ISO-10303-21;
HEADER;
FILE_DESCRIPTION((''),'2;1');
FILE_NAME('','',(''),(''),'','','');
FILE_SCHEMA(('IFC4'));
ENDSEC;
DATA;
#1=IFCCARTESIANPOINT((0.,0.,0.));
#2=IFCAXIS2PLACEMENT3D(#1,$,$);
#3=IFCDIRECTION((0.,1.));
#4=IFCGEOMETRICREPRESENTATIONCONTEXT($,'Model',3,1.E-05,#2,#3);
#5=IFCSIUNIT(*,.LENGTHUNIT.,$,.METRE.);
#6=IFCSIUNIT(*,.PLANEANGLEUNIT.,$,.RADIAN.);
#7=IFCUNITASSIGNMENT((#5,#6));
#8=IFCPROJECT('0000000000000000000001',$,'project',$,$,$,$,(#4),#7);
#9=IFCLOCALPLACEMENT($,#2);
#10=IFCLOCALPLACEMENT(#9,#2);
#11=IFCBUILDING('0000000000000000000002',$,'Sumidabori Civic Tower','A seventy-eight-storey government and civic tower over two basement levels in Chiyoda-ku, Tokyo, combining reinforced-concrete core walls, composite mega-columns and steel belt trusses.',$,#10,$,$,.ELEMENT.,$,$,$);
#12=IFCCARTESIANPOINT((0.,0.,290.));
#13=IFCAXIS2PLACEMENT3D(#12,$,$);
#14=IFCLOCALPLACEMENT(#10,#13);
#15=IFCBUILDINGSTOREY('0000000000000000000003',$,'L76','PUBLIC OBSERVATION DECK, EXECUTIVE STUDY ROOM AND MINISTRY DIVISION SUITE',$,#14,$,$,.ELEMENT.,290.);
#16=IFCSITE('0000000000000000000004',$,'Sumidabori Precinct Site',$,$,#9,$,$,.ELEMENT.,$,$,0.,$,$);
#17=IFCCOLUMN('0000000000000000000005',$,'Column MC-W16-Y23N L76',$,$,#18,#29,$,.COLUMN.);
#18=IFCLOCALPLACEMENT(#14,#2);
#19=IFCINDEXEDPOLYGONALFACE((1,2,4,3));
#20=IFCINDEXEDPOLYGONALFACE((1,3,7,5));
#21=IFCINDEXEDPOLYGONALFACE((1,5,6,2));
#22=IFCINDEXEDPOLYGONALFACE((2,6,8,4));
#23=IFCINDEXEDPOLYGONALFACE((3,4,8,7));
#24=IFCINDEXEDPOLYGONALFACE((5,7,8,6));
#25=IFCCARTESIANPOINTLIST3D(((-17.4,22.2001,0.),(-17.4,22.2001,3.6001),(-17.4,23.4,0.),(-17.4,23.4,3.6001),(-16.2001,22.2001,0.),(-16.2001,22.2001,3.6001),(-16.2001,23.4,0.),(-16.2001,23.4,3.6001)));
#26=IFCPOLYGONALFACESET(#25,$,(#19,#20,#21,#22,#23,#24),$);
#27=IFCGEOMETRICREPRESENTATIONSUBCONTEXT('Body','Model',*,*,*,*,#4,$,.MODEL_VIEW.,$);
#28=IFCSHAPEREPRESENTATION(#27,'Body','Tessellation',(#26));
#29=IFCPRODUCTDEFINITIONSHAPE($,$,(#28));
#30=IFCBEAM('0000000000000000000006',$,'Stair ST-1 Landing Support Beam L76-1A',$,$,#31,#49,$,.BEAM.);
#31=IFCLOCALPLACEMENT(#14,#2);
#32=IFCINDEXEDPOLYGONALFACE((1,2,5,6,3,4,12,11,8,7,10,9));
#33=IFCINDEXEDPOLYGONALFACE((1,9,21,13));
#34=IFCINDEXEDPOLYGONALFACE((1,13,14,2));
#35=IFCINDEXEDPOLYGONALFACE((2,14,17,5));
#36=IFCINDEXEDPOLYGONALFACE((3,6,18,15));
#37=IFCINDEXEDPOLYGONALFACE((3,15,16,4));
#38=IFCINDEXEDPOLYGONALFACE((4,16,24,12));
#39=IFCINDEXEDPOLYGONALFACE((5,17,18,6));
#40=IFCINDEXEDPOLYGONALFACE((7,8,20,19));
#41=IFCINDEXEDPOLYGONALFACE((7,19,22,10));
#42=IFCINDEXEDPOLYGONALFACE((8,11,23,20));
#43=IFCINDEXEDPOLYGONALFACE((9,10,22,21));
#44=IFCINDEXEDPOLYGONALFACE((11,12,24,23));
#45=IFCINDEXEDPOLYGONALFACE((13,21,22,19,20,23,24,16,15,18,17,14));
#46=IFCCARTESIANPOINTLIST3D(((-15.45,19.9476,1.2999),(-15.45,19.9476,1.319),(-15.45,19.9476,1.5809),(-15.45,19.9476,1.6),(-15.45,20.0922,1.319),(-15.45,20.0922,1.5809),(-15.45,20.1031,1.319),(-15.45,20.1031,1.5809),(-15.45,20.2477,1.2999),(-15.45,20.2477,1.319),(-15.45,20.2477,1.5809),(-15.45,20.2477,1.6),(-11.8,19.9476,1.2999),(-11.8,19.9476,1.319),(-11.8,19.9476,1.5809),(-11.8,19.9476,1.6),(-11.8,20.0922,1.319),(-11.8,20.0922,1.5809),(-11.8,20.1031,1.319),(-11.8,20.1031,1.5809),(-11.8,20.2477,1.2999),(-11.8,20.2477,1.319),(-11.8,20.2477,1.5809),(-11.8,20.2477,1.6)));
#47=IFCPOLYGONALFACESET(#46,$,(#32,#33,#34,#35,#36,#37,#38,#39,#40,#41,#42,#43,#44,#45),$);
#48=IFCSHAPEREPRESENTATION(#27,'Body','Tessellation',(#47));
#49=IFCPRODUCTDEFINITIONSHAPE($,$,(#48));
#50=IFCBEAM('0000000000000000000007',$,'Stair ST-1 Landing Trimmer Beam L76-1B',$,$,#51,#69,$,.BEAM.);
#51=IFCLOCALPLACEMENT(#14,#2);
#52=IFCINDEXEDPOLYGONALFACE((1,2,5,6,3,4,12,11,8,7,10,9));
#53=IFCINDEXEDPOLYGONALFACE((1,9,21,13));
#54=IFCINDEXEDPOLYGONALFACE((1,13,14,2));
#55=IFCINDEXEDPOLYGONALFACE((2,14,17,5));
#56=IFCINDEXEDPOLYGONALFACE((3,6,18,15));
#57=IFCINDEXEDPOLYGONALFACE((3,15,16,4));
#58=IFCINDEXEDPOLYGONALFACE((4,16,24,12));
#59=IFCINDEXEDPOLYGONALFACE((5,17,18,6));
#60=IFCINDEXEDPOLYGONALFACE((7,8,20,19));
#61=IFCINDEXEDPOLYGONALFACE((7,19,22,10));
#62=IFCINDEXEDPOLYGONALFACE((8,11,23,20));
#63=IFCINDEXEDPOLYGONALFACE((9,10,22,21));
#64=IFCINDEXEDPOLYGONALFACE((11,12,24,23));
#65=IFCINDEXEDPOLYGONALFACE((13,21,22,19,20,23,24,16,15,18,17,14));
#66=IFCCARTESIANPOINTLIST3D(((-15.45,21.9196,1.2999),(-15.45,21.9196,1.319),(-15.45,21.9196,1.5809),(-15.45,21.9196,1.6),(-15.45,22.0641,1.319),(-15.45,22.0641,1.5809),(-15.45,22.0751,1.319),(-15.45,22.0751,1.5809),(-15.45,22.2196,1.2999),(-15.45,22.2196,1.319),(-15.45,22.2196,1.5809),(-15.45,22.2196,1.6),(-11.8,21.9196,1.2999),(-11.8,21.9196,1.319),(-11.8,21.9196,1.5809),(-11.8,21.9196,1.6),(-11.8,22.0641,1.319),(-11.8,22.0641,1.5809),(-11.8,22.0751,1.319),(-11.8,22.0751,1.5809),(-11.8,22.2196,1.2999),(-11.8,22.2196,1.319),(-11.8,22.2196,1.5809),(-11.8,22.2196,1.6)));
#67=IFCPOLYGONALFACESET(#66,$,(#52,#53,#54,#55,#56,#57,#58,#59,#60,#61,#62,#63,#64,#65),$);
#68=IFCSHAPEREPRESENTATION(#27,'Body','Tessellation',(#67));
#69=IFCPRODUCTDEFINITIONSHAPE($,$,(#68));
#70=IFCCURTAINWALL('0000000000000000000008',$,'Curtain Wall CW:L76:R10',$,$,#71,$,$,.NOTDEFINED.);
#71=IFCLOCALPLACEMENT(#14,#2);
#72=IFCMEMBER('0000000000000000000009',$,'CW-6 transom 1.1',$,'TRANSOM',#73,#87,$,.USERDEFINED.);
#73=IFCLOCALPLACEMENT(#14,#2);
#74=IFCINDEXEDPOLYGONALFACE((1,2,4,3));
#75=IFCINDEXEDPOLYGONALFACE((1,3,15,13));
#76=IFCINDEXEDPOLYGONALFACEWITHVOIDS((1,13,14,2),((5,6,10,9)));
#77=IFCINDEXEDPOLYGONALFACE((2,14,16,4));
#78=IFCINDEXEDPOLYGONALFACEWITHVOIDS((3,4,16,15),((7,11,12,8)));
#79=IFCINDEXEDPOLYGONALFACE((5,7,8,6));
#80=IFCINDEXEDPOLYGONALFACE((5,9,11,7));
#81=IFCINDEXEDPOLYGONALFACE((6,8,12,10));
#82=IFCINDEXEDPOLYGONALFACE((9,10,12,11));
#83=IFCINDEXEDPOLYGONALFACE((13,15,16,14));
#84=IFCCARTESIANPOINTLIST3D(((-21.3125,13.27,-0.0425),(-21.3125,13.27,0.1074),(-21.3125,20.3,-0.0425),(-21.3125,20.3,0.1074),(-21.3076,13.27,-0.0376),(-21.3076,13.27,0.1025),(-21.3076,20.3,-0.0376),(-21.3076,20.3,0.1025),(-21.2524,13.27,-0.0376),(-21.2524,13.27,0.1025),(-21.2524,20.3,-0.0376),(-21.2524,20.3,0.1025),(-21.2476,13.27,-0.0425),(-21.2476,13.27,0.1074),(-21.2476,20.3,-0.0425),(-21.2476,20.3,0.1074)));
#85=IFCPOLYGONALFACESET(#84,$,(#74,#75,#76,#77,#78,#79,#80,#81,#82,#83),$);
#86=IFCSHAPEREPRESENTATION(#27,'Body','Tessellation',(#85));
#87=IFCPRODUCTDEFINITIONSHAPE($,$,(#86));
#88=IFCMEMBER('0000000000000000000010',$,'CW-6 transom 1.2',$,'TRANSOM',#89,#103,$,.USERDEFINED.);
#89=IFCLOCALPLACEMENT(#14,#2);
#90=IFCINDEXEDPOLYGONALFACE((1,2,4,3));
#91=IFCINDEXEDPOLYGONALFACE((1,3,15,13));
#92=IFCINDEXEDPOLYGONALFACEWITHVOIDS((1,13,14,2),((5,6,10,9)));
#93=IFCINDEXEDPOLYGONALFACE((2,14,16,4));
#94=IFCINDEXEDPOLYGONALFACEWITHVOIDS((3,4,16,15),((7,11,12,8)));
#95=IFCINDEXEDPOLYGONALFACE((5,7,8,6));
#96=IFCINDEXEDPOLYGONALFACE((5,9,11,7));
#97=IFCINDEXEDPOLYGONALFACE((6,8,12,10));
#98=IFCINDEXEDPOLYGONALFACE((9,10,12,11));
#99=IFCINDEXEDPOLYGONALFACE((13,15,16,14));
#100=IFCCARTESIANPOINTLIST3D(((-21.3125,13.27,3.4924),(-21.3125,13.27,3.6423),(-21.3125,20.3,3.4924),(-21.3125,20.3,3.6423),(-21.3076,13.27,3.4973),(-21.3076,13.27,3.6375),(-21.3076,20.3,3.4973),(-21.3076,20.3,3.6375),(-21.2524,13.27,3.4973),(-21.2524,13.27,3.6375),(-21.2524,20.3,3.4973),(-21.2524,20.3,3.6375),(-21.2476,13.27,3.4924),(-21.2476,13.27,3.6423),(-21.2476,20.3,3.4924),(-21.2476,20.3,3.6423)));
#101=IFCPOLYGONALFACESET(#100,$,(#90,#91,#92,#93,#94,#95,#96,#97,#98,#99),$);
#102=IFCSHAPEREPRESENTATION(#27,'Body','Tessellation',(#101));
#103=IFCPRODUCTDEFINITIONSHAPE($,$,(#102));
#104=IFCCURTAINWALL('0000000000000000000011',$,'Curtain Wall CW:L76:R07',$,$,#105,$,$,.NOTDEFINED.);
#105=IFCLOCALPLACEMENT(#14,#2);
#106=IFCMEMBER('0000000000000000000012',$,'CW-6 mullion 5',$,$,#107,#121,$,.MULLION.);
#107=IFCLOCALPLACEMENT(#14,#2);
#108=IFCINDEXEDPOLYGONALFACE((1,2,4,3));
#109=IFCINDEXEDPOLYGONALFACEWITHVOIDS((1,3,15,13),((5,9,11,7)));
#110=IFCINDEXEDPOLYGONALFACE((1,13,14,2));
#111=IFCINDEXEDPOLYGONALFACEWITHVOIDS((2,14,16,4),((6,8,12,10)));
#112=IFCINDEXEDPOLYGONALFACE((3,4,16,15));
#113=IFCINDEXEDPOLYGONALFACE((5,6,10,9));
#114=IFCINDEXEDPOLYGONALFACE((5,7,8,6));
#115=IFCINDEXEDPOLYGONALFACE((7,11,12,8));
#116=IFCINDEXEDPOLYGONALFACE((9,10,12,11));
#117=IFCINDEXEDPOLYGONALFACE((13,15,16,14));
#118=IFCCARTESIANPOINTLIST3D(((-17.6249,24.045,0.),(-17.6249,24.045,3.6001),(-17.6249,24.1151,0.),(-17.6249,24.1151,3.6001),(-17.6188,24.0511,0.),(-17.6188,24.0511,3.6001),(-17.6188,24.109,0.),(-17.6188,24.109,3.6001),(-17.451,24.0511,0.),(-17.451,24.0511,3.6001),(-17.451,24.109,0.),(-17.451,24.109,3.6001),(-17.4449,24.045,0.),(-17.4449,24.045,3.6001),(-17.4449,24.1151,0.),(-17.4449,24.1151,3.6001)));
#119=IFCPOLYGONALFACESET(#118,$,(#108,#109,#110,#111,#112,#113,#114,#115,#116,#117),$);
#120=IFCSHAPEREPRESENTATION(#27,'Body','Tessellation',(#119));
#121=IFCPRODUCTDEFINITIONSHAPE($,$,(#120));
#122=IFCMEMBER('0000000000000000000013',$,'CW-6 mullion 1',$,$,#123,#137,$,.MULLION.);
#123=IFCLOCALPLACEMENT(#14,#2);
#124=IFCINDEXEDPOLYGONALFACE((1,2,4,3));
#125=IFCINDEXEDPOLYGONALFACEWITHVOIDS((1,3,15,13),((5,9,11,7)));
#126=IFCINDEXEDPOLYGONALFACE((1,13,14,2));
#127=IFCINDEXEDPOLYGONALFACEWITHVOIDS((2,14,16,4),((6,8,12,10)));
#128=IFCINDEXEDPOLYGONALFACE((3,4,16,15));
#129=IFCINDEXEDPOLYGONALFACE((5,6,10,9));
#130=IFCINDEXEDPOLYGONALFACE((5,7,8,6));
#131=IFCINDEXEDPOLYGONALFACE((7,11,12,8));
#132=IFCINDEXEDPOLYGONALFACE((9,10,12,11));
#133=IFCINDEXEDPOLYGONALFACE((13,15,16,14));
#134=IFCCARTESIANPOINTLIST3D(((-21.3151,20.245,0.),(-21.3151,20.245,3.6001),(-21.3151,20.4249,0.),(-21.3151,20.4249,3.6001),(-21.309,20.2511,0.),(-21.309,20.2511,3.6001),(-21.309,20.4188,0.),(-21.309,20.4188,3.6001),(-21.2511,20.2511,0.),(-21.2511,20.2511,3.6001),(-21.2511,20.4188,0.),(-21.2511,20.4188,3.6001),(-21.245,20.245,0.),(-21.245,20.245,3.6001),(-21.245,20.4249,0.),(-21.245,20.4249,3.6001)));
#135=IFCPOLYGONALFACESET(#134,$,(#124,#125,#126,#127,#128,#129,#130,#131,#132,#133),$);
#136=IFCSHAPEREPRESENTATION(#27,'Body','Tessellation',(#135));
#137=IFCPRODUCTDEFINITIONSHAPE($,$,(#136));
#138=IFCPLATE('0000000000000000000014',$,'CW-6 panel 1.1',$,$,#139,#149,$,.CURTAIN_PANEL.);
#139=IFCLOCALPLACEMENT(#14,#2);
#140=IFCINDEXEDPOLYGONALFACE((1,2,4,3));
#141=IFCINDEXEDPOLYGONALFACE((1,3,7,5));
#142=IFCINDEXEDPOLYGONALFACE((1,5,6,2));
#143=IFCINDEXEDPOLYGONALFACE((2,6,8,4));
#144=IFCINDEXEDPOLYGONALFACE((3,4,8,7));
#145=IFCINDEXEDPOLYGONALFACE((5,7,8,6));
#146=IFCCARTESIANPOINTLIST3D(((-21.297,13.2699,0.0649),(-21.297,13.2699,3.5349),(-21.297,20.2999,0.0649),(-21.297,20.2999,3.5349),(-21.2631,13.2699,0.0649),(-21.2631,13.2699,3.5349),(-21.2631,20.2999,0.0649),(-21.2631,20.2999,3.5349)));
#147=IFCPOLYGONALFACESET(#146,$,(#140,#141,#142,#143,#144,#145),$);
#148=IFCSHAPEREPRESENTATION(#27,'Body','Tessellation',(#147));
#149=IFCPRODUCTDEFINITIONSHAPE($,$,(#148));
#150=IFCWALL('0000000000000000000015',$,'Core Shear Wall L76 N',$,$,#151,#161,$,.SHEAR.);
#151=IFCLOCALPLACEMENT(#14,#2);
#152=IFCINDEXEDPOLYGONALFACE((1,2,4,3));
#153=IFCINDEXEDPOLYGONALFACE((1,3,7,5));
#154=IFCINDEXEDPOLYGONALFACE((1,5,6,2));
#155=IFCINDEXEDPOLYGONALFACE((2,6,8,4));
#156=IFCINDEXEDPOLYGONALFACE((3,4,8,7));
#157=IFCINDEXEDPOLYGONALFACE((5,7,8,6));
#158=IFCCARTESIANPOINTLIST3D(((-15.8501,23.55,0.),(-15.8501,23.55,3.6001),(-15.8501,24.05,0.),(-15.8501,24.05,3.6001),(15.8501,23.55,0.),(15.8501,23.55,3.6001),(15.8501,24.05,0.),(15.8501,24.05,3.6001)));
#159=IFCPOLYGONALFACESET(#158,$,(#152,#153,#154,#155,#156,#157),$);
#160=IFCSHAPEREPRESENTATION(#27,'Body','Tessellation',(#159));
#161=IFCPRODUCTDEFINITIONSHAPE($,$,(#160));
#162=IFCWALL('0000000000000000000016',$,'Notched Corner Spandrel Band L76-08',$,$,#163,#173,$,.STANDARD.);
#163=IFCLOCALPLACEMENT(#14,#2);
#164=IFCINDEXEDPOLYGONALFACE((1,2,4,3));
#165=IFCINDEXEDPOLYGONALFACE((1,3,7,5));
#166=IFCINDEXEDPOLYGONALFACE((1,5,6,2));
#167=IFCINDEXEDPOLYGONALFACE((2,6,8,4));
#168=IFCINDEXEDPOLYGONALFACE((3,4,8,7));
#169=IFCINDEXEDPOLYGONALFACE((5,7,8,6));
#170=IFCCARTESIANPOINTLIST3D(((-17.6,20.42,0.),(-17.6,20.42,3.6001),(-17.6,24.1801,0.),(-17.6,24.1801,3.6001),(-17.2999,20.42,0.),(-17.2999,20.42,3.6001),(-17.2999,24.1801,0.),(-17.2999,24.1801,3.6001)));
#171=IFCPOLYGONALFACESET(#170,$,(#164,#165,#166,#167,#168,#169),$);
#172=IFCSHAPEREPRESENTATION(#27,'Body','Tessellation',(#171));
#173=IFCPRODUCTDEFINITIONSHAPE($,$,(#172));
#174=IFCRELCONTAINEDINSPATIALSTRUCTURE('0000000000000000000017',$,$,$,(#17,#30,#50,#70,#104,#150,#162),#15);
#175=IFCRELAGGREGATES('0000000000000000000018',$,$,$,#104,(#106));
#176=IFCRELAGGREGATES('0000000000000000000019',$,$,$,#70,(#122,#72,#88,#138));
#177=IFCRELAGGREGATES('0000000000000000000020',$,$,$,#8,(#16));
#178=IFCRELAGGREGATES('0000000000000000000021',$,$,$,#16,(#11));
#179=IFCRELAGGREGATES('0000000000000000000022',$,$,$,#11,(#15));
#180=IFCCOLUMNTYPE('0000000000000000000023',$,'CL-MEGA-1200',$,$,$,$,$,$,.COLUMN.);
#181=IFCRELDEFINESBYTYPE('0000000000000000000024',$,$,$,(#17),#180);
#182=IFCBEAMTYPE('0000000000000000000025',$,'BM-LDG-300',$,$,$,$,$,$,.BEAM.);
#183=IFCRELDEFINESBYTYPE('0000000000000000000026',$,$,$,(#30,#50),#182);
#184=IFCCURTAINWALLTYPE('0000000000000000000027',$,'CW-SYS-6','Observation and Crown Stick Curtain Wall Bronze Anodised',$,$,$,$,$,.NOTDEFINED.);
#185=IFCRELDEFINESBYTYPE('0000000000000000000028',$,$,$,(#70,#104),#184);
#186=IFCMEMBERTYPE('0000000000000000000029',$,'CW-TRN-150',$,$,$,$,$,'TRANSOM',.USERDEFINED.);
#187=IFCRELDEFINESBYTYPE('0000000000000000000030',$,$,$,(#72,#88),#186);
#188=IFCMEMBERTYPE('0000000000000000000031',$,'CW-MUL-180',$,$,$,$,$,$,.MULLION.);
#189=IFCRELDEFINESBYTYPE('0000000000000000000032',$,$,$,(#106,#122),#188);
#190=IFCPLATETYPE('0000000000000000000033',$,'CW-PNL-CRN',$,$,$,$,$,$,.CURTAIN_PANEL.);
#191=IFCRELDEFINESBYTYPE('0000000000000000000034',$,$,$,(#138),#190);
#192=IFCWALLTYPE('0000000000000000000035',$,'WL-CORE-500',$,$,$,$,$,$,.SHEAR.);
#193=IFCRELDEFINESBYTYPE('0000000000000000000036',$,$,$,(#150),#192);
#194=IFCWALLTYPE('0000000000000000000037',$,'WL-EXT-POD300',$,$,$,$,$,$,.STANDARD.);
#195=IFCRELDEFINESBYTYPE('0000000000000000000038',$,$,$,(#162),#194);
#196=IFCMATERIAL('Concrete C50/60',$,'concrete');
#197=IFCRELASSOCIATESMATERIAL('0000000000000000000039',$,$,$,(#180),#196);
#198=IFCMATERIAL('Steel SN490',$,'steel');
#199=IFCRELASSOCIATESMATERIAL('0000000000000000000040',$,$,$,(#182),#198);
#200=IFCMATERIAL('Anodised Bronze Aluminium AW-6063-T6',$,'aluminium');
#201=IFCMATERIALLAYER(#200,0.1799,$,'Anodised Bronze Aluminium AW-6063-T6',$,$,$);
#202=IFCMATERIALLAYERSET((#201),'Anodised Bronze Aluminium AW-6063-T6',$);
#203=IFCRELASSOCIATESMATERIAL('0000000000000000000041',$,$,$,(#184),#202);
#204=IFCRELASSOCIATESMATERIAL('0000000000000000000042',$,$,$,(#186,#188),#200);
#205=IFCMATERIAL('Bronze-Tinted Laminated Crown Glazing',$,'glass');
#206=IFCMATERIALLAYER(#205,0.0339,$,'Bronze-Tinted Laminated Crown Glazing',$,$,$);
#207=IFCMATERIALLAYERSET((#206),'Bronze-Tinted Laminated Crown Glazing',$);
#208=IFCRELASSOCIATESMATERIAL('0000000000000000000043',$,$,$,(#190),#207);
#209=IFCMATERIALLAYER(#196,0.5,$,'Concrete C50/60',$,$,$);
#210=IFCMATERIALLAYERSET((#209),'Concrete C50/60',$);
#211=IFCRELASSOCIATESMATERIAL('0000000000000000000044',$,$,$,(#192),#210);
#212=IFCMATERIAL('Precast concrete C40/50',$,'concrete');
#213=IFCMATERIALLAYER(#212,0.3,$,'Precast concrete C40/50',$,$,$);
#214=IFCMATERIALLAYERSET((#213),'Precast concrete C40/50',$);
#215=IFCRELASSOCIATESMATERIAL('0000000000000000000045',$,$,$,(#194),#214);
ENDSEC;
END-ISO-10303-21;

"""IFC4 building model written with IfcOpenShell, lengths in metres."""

from ifc_helpers import new_model, si_unit, direction, frame, frame_2d, origin, origin_2d, place, context, subcontext, project, spatial, rectangle, hollow_rectangle, i_section, extrude, source, transform, mapped, material, layer, layer_set, material_profile, profile_set, type_object, element, aggregate, save


model = new_model("IFC4")

# Units and contexts
model_context = context("Model", 3, precision=1e-05, world=origin(), true_north=direction((0.0, 1.0)))
body_context = subcontext(model_context, "Body", "Model", "MODEL_VIEW")
ifc_project = project(units=[si_unit("LENGTHUNIT", "METRE"), si_unit("PLANEANGLEUNIT", "RADIAN")], contexts=[model_context])

# Site, building, storey
site_placement = place(None, origin())
site = spatial("IfcSite", under=ifc_project, at=site_placement, Name="Sumidabori Precinct Site", CompositionType="ELEMENT", RefElevation=0.0)
building_placement = place(site_placement, origin())
building = spatial("IfcBuilding", under=site, at=building_placement, Name="Sumidabori Civic Tower", Description="A seventy-eight-storey government and civic tower over two basement levels in Chiyoda-ku, Tokyo, combining reinforced-concrete core walls, composite mega-columns and steel belt trusses.", CompositionType="ELEMENT")
storey_placement = place(building_placement, frame((0.0, 0.0, 290.0)))
storey = spatial("IfcBuildingStorey", under=building, at=storey_placement, Name="L76", Description="PUBLIC OBSERVATION DECK, EXECUTIVE STUDY ROOM AND MINISTRY DIVISION SUITE", CompositionType="ELEMENT", Elevation=290.0)

# Column
ifc_material_1 = material(Name="Concrete C50/60", Category="concrete")
ifc_material_profile_1 = material_profile(ifc_material_1, rectangle(XDim=1.2, YDim=1.2, at=origin_2d()), Name="RC 1200x1200")
ifc_profile_set_1 = profile_set([ifc_material_profile_1], Name="Concrete C50/60")
column_type = type_object("IfcColumnType", Name="CL-MEGA-1200", PredefinedType="COLUMN", material=ifc_profile_set_1)
shared_shape_1 = source(origin(), body_context, "Body", "SweptSolid", [
    extrude(rectangle(XDim=1.2, YDim=1.2, at=origin_2d()), origin(), (0.0, 0.0, 1.0), 3.6001),
])
column_placement = place(storey_placement, frame((-16.8, 22.8, 0.0), z_axis=(0.0, 0.0, 1.0), x_axis=(1.0, 0.0, 0.0)))
element("IfcColumn", 1, at=column_placement, inside=storey, type_object=column_type, Name="Column MC-W16-Y23N L76", PredefinedType="COLUMN", context=body_context, shape_type="MappedRepresentation", body=[
    mapped(shared_shape_1, transform((0.0, 0.0, 0.0), x_axis=(1.0, 0.0, 0.0), y_axis=(0.0, 1.0, 0.0), z_axis=(0.0, 0.0, 1.0), scale=1.0)),
])

# Beams
ifc_material_2 = material(Name="Steel SN490", Category="steel")
ifc_material_profile_2 = material_profile(ifc_material_2, i_section(OverallWidth=0.3, OverallDepth=0.3, WebThickness=0.011, FlangeThickness=0.019, at=origin_2d()), Name="HE 300 B")
ifc_profile_set_2 = profile_set([ifc_material_profile_2], Name="Steel SN490")
beam_type = type_object("IfcBeamType", Name="BM-LDG-300", PredefinedType="BEAM", material=ifc_profile_set_2)
shared_shape_2 = source(origin(), body_context, "Body", "SweptSolid", [
    extrude(i_section(OverallWidth=0.3, OverallDepth=0.3, WebThickness=0.011, FlangeThickness=0.019, at=origin_2d()), origin(), (0.0, 0.0, 1.0), 3.6499),
])
for number, where, z_axis, x_axis, name in (
    (2, (-15.45, 20.0977, 1.45), (1.0, 0.0, 0.0), (0.0, 1.0, 0.0), "Stair ST-1 Landing Support Beam L76-1A"),
    (3, (-15.45, 22.0696, 1.45), (1.0, 0.0, 0.0), (0.0, 1.0, 0.0), "Stair ST-1 Landing Trimmer Beam L76-1B"),
):
    element("IfcBeam", number, at=place(storey_placement, frame(where, z_axis=z_axis, x_axis=x_axis)), inside=storey, type_object=beam_type, Name=name, PredefinedType="BEAM", context=body_context, shape_type="MappedRepresentation", body=[
        mapped(shared_shape_2, transform((0.0, 0.0, 0.0), x_axis=(1.0, 0.0, 0.0), y_axis=(0.0, 1.0, 0.0), z_axis=(0.0, 0.0, 1.0), scale=1.0)),
    ])

# Curtain wall, members
ifc_material_3 = material(Name="Anodised Bronze Aluminium AW-6063-T6", Category="aluminium")
ifc_layer_1 = layer(ifc_material_3, 0.1799, Name="Anodised Bronze Aluminium AW-6063-T6")
ifc_layer_set_1 = layer_set([ifc_layer_1], Name="Anodised Bronze Aluminium AW-6063-T6")
curtain_wall_type = type_object("IfcCurtainWallType", Name="CW-SYS-6", Description="Observation and Crown Stick Curtain Wall Bronze Anodised", PredefinedType="NOTDEFINED", material=ifc_layer_set_1)
curtain_wall_1_placement = place(storey_placement, origin())
curtain_wall_1 = element("IfcCurtainWall", 4, at=curtain_wall_1_placement, inside=storey, type_object=curtain_wall_type, Name="Curtain Wall CW:L76:R10", PredefinedType="NOTDEFINED")
ifc_material_profile_3 = material_profile(ifc_material_3, hollow_rectangle(XDim=0.0649, YDim=0.1499, WallThickness=0.0049, at=origin_2d()), Name="ALU TRANSOM 150x65")
ifc_profile_set_3 = profile_set([ifc_material_profile_3], Name="Anodised Bronze Aluminium AW-6063-T6")
member_type_1 = type_object("IfcMemberType", Name="CW-TRN-150", ElementType="TRANSOM", PredefinedType="USERDEFINED", material=ifc_profile_set_3)
shared_shape_3 = source(origin(), body_context, "Body", "SweptSolid", [
    extrude(hollow_rectangle(XDim=0.0649, YDim=0.1499, WallThickness=0.0049, at=origin_2d()), origin(), (0.0, 0.0, 1.0), 7.03),
])
member_1_placement = place(storey_placement, frame((-21.28, 20.3, 0.0325), z_axis=(0.0, -1.0, 0.0), x_axis=(1.0, 0.0, 0.0)))
member_1 = element("IfcMember", 5, at=member_1_placement, type_object=member_type_1, Name="CW-6 transom 1.1", ObjectType="TRANSOM", PredefinedType="USERDEFINED", context=body_context, shape_type="MappedRepresentation", body=[
    mapped(shared_shape_3, transform((0.0, 0.0, 0.0), x_axis=(1.0, 0.0, 0.0), y_axis=(0.0, 1.0, 0.0), z_axis=(0.0, 0.0, 1.0), scale=1.0)),
])
member_2_placement = place(storey_placement, frame((-21.28, 20.3, 3.5674), z_axis=(0.0, -1.0, 0.0), x_axis=(1.0, 0.0, 0.0)))
member_2 = element("IfcMember", 6, at=member_2_placement, type_object=member_type_1, Name="CW-6 transom 1.2", ObjectType="TRANSOM", PredefinedType="USERDEFINED", context=body_context, shape_type="MappedRepresentation", body=[
    mapped(shared_shape_3, transform((0.0, 0.0, 0.0), x_axis=(1.0, 0.0, 0.0), y_axis=(0.0, 1.0, 0.0), z_axis=(0.0, 0.0, 1.0), scale=1.0)),
])

# Curtain wall, member
curtain_wall_2_placement = place(storey_placement, origin())
curtain_wall_2 = element("IfcCurtainWall", 7, at=curtain_wall_2_placement, inside=storey, type_object=curtain_wall_type, Name="Curtain Wall CW:L76:R07", PredefinedType="NOTDEFINED")
ifc_material_profile_4 = material_profile(ifc_material_3, hollow_rectangle(XDim=0.0701, YDim=0.1799, WallThickness=0.0061, at=origin_2d()), Name="ALU MULLION 180x70")
ifc_profile_set_4 = profile_set([ifc_material_profile_4], Name="Anodised Bronze Aluminium AW-6063-T6")
member_type_2 = type_object("IfcMemberType", Name="CW-MUL-180", PredefinedType="MULLION", material=ifc_profile_set_4)
shared_shape_4 = source(origin(), body_context, "Body", "SweptSolid", [
    extrude(hollow_rectangle(XDim=0.0701, YDim=0.1799, WallThickness=0.0061, at=origin_2d()), origin(), (0.0, 0.0, 1.0), 3.6001),
])
member_3_placement = place(storey_placement, frame((-17.5349, 24.0801, 0.0), z_axis=(0.0, 0.0, 1.0), x_axis=(0.0, -1.0, 0.0)))
member_3 = element("IfcMember", 8, at=member_3_placement, type_object=member_type_2, Name="CW-6 mullion 5", PredefinedType="MULLION", context=body_context, shape_type="MappedRepresentation", body=[
    mapped(shared_shape_4, transform((0.0, 0.0, 0.0), x_axis=(1.0, 0.0, 0.0), y_axis=(0.0, 1.0, 0.0), z_axis=(0.0, 0.0, 1.0), scale=1.0)),
])
aggregate(curtain_wall_2, [member_3])

# Member
member_4_placement = place(storey_placement, frame((-21.28, 20.335, 0.0), z_axis=(0.0, 0.0, 1.0), x_axis=(1.0, 0.0, 0.0)))
member_4 = element("IfcMember", 9, at=member_4_placement, type_object=member_type_2, Name="CW-6 mullion 1", PredefinedType="MULLION", context=body_context, shape_type="MappedRepresentation", body=[
    mapped(shared_shape_4, transform((0.0, 0.0, 0.0), x_axis=(1.0, 0.0, 0.0), y_axis=(0.0, 1.0, 0.0), z_axis=(0.0, 0.0, 1.0), scale=1.0)),
])

# Plate
ifc_material_4 = material(Name="Bronze-Tinted Laminated Crown Glazing", Category="glass")
ifc_layer_2 = layer(ifc_material_4, 0.0339, Name="Bronze-Tinted Laminated Crown Glazing")
ifc_layer_set_2 = layer_set([ifc_layer_2], Name="Bronze-Tinted Laminated Crown Glazing")
plate_type = type_object("IfcPlateType", Name="CW-PNL-CRN", PredefinedType="CURTAIN_PANEL", material=ifc_layer_set_2)
shared_shape_5 = source(origin(), body_context, "Body", "SweptSolid", [
    extrude(rectangle(XDim=7.03, YDim=0.0339, at=origin_2d()), origin(), (0.0, 0.0, 1.0), 3.47),
])
plate_placement = place(storey_placement, frame((-21.28, 16.7849, 0.0649), z_axis=(0.0, 0.0, 1.0), x_axis=(0.0, -1.0, 0.0)))
plate = element("IfcPlate", 10, at=plate_placement, type_object=plate_type, Name="CW-6 panel 1.1", PredefinedType="CURTAIN_PANEL", context=body_context, shape_type="MappedRepresentation", body=[
    mapped(shared_shape_5, transform((0.0, 0.0, 0.0), x_axis=(1.0, 0.0, 0.0), y_axis=(0.0, 1.0, 0.0), z_axis=(0.0, 0.0, 1.0), scale=1.0)),
])
aggregate(curtain_wall_1, [member_4, member_1, member_2, plate])

# Walls
ifc_layer_3 = layer(ifc_material_1, 0.5, Name="Concrete C50/60")
ifc_layer_set_3 = layer_set([ifc_layer_3], Name="Concrete C50/60")
wall_type_1 = type_object("IfcWallType", Name="WL-CORE-500", PredefinedType="SHEAR", material=ifc_layer_set_3)
shared_shape_6 = source(origin(), body_context, "Body", "SweptSolid", [
    extrude(rectangle(XDim=31.7002, YDim=0.5, at=frame_2d((15.8501, 0.0))), origin(), (0.0, 0.0, 1.0), 3.6001),
])
wall_1_placement = place(storey_placement, frame((-15.8501, 23.8, 0.0), z_axis=(0.0, 0.0, 1.0), x_axis=(1.0, 0.0, 0.0)))
element("IfcWall", 11, at=wall_1_placement, inside=storey, type_object=wall_type_1, Name="Core Shear Wall L76 N", PredefinedType="SHEAR", context=body_context, shape_type="MappedRepresentation", body=[
    mapped(shared_shape_6, transform((0.0, 0.0, 0.0), x_axis=(1.0, 0.0, 0.0), y_axis=(0.0, 1.0, 0.0), z_axis=(0.0, 0.0, 1.0), scale=1.0)),
])
ifc_material_5 = material(Name="Precast concrete C40/50", Category="concrete")
ifc_layer_4 = layer(ifc_material_5, 0.3, Name="Precast concrete C40/50")
ifc_layer_set_4 = layer_set([ifc_layer_4], Name="Precast concrete C40/50")
wall_type_2 = type_object("IfcWallType", Name="WL-EXT-POD300", PredefinedType="STANDARD", material=ifc_layer_set_4)
shared_shape_7 = source(origin(), body_context, "Body", "SweptSolid", [
    extrude(rectangle(XDim=3.76, YDim=0.3, at=frame_2d((1.8799, 0.0))), origin(), (0.0, 0.0, 1.0), 3.6001),
])
wall_2_placement = place(storey_placement, frame((-17.45, 24.1799, 0.0), z_axis=(0.0, 0.0, 1.0), x_axis=(0.0, -1.0, 0.0)))
element("IfcWall", 12, at=wall_2_placement, inside=storey, type_object=wall_type_2, Name="Notched Corner Spandrel Band L76-08", PredefinedType="STANDARD", context=body_context, shape_type="MappedRepresentation", body=[
    mapped(shared_shape_7, transform((0.0, 0.0, 0.0), x_axis=(1.0, 0.0, 0.0), y_axis=(0.0, 1.0, 0.0), z_axis=(0.0, 0.0, 1.0), scale=1.0)),
])

save(model, "model.ifc")
